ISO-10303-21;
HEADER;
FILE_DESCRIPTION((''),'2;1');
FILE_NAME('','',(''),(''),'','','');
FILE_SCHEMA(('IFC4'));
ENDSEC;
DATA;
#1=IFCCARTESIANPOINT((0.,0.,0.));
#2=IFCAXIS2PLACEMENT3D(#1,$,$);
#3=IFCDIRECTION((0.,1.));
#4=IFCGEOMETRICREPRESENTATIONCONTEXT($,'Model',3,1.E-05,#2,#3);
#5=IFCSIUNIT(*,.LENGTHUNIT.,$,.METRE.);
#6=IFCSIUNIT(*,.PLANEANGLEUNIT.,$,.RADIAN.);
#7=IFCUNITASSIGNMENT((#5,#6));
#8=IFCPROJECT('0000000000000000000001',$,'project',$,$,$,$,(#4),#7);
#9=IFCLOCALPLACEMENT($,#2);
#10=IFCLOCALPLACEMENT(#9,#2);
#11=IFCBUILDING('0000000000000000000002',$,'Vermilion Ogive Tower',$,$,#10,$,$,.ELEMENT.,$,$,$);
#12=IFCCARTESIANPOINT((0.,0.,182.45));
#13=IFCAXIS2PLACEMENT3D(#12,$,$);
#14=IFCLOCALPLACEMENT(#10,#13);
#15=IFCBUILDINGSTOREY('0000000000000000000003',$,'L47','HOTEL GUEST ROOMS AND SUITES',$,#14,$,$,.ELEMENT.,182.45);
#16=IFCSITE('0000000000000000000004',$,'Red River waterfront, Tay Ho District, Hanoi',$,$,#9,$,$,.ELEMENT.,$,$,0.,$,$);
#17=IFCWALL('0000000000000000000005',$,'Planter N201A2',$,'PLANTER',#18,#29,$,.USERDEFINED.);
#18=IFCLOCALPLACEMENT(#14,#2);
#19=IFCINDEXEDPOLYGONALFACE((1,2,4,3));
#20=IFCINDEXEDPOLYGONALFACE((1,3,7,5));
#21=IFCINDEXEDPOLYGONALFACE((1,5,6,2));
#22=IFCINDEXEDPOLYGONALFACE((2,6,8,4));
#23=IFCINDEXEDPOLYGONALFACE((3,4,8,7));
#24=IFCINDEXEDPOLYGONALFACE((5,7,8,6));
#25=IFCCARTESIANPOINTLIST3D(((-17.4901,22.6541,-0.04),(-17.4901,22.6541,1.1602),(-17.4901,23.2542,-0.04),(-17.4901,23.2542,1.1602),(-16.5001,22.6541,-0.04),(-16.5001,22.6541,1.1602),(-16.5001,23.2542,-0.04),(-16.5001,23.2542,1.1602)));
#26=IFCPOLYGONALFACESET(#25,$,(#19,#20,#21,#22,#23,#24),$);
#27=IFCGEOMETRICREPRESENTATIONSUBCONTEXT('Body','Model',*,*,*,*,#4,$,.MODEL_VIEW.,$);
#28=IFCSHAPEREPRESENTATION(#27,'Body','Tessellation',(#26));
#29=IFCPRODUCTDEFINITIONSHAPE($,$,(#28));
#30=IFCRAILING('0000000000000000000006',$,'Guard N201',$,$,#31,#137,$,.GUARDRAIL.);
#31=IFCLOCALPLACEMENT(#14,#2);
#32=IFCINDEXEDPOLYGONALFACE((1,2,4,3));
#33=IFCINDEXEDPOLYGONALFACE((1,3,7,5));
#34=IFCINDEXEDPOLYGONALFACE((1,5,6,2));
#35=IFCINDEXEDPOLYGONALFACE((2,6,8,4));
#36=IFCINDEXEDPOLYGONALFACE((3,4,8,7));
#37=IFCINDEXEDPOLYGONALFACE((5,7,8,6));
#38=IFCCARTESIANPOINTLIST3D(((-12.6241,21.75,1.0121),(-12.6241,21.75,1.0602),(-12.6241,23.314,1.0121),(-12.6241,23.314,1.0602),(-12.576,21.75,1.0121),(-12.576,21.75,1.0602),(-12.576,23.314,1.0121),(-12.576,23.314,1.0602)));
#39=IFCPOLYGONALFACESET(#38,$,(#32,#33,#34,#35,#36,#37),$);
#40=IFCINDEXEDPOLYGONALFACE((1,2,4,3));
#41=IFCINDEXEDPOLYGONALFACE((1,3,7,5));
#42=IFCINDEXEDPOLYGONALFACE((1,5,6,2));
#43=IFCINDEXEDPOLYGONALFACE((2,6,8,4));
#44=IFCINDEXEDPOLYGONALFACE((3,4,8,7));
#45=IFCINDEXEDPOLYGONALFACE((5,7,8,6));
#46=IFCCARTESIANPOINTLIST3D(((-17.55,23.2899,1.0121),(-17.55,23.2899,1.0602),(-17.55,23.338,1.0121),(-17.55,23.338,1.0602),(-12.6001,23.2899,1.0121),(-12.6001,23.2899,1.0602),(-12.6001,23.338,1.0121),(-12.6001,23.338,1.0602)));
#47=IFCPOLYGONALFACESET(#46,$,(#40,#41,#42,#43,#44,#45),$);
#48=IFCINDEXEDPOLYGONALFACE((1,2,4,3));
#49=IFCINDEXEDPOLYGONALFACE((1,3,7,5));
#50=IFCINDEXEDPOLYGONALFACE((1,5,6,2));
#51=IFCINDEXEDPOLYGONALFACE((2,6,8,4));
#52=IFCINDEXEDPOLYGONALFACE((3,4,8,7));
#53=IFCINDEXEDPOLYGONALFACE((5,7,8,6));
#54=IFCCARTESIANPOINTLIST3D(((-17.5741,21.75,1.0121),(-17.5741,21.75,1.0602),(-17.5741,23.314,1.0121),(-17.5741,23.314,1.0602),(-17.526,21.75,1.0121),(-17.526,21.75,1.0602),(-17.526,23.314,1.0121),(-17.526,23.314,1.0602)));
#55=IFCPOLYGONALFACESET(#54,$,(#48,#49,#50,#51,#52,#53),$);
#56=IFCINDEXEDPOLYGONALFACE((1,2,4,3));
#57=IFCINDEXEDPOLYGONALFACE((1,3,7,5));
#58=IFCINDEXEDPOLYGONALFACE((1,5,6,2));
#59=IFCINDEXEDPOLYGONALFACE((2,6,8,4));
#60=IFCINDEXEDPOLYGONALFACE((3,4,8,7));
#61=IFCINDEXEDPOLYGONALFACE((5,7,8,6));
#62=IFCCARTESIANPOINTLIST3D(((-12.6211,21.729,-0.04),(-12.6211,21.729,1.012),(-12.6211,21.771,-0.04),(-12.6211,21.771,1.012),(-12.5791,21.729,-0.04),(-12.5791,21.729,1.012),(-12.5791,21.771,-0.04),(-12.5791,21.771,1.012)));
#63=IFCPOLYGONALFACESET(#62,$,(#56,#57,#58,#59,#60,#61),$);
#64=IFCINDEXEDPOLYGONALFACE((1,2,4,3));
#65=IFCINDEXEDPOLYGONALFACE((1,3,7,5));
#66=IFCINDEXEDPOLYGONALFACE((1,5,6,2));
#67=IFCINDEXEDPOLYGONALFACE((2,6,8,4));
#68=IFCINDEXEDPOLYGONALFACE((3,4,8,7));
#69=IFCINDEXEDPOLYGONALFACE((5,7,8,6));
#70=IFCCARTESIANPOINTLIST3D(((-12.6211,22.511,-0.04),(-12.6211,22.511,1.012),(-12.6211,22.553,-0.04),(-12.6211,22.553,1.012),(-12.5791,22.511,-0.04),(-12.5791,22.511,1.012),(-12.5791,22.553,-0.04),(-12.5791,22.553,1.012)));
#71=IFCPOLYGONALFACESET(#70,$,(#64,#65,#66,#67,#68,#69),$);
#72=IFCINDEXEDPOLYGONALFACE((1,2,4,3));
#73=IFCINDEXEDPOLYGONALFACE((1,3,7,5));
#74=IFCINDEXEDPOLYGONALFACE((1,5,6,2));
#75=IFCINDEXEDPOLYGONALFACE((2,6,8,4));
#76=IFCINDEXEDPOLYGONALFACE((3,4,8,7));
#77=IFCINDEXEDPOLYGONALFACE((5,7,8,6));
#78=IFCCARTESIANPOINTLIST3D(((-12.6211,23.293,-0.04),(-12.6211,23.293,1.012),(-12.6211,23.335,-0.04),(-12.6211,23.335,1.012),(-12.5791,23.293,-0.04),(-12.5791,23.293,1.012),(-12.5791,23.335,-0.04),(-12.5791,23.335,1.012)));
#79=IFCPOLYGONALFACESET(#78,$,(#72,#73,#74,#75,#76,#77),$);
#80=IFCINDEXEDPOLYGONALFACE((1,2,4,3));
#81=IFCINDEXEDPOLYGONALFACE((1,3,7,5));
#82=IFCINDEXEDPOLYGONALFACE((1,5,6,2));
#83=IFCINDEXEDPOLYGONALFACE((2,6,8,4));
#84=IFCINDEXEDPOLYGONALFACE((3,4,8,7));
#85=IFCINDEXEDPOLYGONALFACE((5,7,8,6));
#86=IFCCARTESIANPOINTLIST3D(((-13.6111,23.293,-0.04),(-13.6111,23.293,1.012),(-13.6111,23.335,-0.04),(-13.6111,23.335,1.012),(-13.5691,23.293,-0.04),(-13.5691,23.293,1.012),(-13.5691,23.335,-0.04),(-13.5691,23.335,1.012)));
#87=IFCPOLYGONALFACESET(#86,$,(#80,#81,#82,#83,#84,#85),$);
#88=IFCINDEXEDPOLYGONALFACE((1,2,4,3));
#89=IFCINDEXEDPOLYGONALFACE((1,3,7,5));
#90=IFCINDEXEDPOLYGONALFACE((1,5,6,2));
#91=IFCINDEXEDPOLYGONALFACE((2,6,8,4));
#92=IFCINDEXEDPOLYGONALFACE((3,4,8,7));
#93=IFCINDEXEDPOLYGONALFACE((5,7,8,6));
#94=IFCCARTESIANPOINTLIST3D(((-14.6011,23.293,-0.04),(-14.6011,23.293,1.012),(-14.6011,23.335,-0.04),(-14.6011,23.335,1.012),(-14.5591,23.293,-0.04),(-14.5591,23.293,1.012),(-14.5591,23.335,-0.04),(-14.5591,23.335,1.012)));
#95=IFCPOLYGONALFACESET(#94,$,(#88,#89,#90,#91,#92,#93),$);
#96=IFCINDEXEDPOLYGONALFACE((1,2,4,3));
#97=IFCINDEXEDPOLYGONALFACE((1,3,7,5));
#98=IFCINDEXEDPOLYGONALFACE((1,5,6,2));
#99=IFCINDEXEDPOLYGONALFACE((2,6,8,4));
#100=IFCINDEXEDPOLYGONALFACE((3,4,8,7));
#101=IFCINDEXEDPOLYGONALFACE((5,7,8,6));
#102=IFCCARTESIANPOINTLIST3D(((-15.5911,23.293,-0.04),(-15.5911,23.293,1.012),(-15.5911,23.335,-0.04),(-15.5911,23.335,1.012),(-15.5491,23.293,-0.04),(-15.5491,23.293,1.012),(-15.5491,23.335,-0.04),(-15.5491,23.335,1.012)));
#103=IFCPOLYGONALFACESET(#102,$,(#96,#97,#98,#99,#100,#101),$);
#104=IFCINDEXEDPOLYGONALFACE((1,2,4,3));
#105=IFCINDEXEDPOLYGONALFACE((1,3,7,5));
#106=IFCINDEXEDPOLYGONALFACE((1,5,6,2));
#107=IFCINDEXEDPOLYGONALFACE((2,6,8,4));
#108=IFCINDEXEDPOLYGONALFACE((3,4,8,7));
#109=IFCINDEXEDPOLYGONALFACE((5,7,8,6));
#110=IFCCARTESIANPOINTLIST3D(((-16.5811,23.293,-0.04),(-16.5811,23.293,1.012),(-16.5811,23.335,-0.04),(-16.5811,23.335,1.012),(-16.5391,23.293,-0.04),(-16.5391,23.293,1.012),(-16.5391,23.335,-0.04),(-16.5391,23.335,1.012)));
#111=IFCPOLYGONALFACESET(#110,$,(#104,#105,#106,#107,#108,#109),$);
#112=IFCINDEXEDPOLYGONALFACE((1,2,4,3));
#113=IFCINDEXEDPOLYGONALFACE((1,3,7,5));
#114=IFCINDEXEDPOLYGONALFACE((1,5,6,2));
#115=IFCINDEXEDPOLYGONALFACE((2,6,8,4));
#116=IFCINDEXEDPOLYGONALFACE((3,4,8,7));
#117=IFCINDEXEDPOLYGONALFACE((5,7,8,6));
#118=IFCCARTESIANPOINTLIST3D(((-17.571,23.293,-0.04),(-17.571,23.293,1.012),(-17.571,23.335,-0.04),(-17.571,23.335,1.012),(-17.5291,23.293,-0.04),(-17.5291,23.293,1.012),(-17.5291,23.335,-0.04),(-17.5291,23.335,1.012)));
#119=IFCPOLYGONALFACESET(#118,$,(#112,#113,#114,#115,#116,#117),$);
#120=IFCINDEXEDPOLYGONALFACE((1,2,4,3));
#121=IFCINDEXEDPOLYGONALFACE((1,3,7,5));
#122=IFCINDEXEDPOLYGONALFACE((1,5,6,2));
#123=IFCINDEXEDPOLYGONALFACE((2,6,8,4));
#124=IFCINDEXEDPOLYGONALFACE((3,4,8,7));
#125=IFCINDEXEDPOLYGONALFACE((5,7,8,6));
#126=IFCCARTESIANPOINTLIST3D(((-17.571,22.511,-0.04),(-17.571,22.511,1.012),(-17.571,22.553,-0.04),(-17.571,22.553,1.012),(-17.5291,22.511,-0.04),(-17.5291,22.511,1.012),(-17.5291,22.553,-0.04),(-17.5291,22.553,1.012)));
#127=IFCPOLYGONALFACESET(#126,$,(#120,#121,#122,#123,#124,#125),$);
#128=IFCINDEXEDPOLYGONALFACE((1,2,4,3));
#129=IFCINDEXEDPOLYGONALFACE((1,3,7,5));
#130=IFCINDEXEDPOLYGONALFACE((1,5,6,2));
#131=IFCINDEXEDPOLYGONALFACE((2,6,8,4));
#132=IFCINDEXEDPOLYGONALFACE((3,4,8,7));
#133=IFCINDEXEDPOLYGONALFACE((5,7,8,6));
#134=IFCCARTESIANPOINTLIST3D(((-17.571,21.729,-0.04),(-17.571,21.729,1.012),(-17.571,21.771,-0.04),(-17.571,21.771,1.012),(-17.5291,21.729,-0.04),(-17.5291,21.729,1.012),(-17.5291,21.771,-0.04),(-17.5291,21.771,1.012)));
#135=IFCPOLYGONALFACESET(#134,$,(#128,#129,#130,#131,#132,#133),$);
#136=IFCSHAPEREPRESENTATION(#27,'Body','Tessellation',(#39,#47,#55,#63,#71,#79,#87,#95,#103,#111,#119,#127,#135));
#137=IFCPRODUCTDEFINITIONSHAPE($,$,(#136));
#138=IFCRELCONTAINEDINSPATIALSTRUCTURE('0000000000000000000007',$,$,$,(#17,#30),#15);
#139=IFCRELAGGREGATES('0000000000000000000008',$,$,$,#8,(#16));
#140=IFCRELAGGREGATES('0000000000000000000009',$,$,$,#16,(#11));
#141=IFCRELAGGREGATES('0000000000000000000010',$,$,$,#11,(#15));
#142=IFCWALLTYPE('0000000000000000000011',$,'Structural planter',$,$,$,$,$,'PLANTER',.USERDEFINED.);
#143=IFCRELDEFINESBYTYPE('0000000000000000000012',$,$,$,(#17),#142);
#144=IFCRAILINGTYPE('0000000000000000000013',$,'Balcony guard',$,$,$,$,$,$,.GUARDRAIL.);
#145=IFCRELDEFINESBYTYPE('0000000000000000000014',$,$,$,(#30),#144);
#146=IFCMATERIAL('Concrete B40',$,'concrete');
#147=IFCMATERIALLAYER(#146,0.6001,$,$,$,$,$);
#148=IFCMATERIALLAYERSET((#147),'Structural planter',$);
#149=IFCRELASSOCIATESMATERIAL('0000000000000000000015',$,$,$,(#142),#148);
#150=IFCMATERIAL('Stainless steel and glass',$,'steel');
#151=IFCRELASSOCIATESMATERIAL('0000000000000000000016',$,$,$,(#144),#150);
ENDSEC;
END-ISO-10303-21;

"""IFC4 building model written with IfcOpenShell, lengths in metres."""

from ifc_helpers import new_model, si_unit, direction, frame, frame_2d, origin, origin_2d, place, context, subcontext, project, spatial, rectangle, extrude, material, layer, layer_set, type_object, element, save


model = new_model("IFC4")

# Units and contexts
model_context = context("Model", 3, precision=1e-05, world=origin(), true_north=direction((0.0, 1.0)))
body_context = subcontext(model_context, "Body", "Model", "MODEL_VIEW")
ifc_project = project(units=[si_unit("LENGTHUNIT", "METRE"), si_unit("PLANEANGLEUNIT", "RADIAN")], contexts=[model_context])

# Site, building, storey
site_placement = place(None, origin())
site = spatial("IfcSite", under=ifc_project, at=site_placement, Name="Red River waterfront, Tay Ho District, Hanoi", CompositionType="ELEMENT", RefElevation=0.0)
building_placement = place(site_placement, origin())
building = spatial("IfcBuilding", under=site, at=building_placement, Name="Vermilion Ogive Tower", CompositionType="ELEMENT")
storey_placement = place(building_placement, frame((0.0, 0.0, 182.45)))
storey = spatial("IfcBuildingStorey", under=building, at=storey_placement, Name="L47", Description="HOTEL GUEST ROOMS AND SUITES", CompositionType="ELEMENT", Elevation=182.45)

# Wall
ifc_material_1 = material(Name="Concrete B40", Category="concrete")
ifc_layer_1 = layer(ifc_material_1, 0.6001)
ifc_layer_set_1 = layer_set([ifc_layer_1], Name="Structural planter")
wall_type_1 = type_object("IfcWallType", Name="Structural planter", ElementType="PLANTER", PredefinedType="USERDEFINED", material=ifc_layer_set_1)
wall_1_placement = place(storey_placement, frame((-16.5, 22.9541, -0.04), z_axis=(0.0, 0.0, 1.0), x_axis=(-1.0, 0.0, 0.0)))
element("IfcWall", 1, at=wall_1_placement, inside=storey, type_object=wall_type_1, Name="Planter N201A2", ObjectType="PLANTER", PredefinedType="USERDEFINED", context=body_context, shape_type="SweptSolid", body=[
    extrude(rectangle(XDim=0.99, YDim=0.6001, at=frame_2d((0.4951, 0.0))), origin(), (0.0, 0.0, 1.0), 1.2002),
])

# Railing
ifc_material_2 = material(Name="Stainless steel and glass", Category="steel")
railing_type = type_object("IfcRailingType", Name="Balcony guard", PredefinedType="GUARDRAIL", material=ifc_material_2)
railing_placement = place(storey_placement, frame((-12.6001, 21.75, -0.04)))
element("IfcRailing", 2, at=railing_placement, inside=storey, type_object=railing_type, Name="Guard N201", PredefinedType="GUARDRAIL", context=body_context, shape_type="SweptSolid", body=[
    extrude(rectangle(XDim=0.0481, YDim=0.0481, at=origin_2d()), frame((0.0, 0.0, 1.0762), z_axis=(0.0, 1.0, 0.0), x_axis=(-1.0, 0.0, 0.0)), (0.0, 0.0, 1.0), 1.564),
    extrude(rectangle(XDim=0.0481, YDim=0.0481, at=origin_2d()), frame((0.0, 1.564, 1.0762), z_axis=(-1.0, 0.0, 0.0), x_axis=(0.0, -1.0, 0.0)), (0.0, 0.0, 1.0), 4.95),
    extrude(rectangle(XDim=0.0481, YDim=0.0481, at=origin_2d()), frame((-4.95, 1.564, 1.0762), z_axis=(0.0, -1.0, 0.0), x_axis=(1.0, 0.0, 0.0)), (0.0, 0.0, 1.0), 1.564),
    extrude(rectangle(XDim=0.042, YDim=0.042, at=origin_2d()), origin(), (0.0, 0.0, 1.0), 1.052),
    extrude(rectangle(XDim=0.042, YDim=0.042, at=origin_2d()), frame((0.0, 0.782, 0.0)), (0.0, 0.0, 1.0), 1.052),
    extrude(rectangle(XDim=0.042, YDim=0.042, at=origin_2d()), frame((0.0, 1.564, 0.0)), (0.0, 0.0, 1.0), 1.052),
    extrude(rectangle(XDim=0.042, YDim=0.042, at=origin_2d()), frame((-0.99, 1.564, 0.0)), (0.0, 0.0, 1.0), 1.052),
    extrude(rectangle(XDim=0.042, YDim=0.042, at=origin_2d()), frame((-1.98, 1.564, 0.0)), (0.0, 0.0, 1.0), 1.052),
    extrude(rectangle(XDim=0.042, YDim=0.042, at=origin_2d()), frame((-2.97, 1.564, 0.0)), (0.0, 0.0, 1.0), 1.052),
    extrude(rectangle(XDim=0.042, YDim=0.042, at=origin_2d()), frame((-3.96, 1.564, 0.0)), (0.0, 0.0, 1.0), 1.052),
    extrude(rectangle(XDim=0.042, YDim=0.042, at=origin_2d()), frame((-4.95, 1.564, 0.0)), (0.0, 0.0, 1.0), 1.052),
    extrude(rectangle(XDim=0.042, YDim=0.042, at=origin_2d()), frame((-4.95, 0.782, 0.0)), (0.0, 0.0, 1.0), 1.052),
    extrude(rectangle(XDim=0.042, YDim=0.042, at=origin_2d()), frame((-4.95, 0.0, 0.0)), (0.0, 0.0, 1.0), 1.052),
])

save(model, "model.ifc")
